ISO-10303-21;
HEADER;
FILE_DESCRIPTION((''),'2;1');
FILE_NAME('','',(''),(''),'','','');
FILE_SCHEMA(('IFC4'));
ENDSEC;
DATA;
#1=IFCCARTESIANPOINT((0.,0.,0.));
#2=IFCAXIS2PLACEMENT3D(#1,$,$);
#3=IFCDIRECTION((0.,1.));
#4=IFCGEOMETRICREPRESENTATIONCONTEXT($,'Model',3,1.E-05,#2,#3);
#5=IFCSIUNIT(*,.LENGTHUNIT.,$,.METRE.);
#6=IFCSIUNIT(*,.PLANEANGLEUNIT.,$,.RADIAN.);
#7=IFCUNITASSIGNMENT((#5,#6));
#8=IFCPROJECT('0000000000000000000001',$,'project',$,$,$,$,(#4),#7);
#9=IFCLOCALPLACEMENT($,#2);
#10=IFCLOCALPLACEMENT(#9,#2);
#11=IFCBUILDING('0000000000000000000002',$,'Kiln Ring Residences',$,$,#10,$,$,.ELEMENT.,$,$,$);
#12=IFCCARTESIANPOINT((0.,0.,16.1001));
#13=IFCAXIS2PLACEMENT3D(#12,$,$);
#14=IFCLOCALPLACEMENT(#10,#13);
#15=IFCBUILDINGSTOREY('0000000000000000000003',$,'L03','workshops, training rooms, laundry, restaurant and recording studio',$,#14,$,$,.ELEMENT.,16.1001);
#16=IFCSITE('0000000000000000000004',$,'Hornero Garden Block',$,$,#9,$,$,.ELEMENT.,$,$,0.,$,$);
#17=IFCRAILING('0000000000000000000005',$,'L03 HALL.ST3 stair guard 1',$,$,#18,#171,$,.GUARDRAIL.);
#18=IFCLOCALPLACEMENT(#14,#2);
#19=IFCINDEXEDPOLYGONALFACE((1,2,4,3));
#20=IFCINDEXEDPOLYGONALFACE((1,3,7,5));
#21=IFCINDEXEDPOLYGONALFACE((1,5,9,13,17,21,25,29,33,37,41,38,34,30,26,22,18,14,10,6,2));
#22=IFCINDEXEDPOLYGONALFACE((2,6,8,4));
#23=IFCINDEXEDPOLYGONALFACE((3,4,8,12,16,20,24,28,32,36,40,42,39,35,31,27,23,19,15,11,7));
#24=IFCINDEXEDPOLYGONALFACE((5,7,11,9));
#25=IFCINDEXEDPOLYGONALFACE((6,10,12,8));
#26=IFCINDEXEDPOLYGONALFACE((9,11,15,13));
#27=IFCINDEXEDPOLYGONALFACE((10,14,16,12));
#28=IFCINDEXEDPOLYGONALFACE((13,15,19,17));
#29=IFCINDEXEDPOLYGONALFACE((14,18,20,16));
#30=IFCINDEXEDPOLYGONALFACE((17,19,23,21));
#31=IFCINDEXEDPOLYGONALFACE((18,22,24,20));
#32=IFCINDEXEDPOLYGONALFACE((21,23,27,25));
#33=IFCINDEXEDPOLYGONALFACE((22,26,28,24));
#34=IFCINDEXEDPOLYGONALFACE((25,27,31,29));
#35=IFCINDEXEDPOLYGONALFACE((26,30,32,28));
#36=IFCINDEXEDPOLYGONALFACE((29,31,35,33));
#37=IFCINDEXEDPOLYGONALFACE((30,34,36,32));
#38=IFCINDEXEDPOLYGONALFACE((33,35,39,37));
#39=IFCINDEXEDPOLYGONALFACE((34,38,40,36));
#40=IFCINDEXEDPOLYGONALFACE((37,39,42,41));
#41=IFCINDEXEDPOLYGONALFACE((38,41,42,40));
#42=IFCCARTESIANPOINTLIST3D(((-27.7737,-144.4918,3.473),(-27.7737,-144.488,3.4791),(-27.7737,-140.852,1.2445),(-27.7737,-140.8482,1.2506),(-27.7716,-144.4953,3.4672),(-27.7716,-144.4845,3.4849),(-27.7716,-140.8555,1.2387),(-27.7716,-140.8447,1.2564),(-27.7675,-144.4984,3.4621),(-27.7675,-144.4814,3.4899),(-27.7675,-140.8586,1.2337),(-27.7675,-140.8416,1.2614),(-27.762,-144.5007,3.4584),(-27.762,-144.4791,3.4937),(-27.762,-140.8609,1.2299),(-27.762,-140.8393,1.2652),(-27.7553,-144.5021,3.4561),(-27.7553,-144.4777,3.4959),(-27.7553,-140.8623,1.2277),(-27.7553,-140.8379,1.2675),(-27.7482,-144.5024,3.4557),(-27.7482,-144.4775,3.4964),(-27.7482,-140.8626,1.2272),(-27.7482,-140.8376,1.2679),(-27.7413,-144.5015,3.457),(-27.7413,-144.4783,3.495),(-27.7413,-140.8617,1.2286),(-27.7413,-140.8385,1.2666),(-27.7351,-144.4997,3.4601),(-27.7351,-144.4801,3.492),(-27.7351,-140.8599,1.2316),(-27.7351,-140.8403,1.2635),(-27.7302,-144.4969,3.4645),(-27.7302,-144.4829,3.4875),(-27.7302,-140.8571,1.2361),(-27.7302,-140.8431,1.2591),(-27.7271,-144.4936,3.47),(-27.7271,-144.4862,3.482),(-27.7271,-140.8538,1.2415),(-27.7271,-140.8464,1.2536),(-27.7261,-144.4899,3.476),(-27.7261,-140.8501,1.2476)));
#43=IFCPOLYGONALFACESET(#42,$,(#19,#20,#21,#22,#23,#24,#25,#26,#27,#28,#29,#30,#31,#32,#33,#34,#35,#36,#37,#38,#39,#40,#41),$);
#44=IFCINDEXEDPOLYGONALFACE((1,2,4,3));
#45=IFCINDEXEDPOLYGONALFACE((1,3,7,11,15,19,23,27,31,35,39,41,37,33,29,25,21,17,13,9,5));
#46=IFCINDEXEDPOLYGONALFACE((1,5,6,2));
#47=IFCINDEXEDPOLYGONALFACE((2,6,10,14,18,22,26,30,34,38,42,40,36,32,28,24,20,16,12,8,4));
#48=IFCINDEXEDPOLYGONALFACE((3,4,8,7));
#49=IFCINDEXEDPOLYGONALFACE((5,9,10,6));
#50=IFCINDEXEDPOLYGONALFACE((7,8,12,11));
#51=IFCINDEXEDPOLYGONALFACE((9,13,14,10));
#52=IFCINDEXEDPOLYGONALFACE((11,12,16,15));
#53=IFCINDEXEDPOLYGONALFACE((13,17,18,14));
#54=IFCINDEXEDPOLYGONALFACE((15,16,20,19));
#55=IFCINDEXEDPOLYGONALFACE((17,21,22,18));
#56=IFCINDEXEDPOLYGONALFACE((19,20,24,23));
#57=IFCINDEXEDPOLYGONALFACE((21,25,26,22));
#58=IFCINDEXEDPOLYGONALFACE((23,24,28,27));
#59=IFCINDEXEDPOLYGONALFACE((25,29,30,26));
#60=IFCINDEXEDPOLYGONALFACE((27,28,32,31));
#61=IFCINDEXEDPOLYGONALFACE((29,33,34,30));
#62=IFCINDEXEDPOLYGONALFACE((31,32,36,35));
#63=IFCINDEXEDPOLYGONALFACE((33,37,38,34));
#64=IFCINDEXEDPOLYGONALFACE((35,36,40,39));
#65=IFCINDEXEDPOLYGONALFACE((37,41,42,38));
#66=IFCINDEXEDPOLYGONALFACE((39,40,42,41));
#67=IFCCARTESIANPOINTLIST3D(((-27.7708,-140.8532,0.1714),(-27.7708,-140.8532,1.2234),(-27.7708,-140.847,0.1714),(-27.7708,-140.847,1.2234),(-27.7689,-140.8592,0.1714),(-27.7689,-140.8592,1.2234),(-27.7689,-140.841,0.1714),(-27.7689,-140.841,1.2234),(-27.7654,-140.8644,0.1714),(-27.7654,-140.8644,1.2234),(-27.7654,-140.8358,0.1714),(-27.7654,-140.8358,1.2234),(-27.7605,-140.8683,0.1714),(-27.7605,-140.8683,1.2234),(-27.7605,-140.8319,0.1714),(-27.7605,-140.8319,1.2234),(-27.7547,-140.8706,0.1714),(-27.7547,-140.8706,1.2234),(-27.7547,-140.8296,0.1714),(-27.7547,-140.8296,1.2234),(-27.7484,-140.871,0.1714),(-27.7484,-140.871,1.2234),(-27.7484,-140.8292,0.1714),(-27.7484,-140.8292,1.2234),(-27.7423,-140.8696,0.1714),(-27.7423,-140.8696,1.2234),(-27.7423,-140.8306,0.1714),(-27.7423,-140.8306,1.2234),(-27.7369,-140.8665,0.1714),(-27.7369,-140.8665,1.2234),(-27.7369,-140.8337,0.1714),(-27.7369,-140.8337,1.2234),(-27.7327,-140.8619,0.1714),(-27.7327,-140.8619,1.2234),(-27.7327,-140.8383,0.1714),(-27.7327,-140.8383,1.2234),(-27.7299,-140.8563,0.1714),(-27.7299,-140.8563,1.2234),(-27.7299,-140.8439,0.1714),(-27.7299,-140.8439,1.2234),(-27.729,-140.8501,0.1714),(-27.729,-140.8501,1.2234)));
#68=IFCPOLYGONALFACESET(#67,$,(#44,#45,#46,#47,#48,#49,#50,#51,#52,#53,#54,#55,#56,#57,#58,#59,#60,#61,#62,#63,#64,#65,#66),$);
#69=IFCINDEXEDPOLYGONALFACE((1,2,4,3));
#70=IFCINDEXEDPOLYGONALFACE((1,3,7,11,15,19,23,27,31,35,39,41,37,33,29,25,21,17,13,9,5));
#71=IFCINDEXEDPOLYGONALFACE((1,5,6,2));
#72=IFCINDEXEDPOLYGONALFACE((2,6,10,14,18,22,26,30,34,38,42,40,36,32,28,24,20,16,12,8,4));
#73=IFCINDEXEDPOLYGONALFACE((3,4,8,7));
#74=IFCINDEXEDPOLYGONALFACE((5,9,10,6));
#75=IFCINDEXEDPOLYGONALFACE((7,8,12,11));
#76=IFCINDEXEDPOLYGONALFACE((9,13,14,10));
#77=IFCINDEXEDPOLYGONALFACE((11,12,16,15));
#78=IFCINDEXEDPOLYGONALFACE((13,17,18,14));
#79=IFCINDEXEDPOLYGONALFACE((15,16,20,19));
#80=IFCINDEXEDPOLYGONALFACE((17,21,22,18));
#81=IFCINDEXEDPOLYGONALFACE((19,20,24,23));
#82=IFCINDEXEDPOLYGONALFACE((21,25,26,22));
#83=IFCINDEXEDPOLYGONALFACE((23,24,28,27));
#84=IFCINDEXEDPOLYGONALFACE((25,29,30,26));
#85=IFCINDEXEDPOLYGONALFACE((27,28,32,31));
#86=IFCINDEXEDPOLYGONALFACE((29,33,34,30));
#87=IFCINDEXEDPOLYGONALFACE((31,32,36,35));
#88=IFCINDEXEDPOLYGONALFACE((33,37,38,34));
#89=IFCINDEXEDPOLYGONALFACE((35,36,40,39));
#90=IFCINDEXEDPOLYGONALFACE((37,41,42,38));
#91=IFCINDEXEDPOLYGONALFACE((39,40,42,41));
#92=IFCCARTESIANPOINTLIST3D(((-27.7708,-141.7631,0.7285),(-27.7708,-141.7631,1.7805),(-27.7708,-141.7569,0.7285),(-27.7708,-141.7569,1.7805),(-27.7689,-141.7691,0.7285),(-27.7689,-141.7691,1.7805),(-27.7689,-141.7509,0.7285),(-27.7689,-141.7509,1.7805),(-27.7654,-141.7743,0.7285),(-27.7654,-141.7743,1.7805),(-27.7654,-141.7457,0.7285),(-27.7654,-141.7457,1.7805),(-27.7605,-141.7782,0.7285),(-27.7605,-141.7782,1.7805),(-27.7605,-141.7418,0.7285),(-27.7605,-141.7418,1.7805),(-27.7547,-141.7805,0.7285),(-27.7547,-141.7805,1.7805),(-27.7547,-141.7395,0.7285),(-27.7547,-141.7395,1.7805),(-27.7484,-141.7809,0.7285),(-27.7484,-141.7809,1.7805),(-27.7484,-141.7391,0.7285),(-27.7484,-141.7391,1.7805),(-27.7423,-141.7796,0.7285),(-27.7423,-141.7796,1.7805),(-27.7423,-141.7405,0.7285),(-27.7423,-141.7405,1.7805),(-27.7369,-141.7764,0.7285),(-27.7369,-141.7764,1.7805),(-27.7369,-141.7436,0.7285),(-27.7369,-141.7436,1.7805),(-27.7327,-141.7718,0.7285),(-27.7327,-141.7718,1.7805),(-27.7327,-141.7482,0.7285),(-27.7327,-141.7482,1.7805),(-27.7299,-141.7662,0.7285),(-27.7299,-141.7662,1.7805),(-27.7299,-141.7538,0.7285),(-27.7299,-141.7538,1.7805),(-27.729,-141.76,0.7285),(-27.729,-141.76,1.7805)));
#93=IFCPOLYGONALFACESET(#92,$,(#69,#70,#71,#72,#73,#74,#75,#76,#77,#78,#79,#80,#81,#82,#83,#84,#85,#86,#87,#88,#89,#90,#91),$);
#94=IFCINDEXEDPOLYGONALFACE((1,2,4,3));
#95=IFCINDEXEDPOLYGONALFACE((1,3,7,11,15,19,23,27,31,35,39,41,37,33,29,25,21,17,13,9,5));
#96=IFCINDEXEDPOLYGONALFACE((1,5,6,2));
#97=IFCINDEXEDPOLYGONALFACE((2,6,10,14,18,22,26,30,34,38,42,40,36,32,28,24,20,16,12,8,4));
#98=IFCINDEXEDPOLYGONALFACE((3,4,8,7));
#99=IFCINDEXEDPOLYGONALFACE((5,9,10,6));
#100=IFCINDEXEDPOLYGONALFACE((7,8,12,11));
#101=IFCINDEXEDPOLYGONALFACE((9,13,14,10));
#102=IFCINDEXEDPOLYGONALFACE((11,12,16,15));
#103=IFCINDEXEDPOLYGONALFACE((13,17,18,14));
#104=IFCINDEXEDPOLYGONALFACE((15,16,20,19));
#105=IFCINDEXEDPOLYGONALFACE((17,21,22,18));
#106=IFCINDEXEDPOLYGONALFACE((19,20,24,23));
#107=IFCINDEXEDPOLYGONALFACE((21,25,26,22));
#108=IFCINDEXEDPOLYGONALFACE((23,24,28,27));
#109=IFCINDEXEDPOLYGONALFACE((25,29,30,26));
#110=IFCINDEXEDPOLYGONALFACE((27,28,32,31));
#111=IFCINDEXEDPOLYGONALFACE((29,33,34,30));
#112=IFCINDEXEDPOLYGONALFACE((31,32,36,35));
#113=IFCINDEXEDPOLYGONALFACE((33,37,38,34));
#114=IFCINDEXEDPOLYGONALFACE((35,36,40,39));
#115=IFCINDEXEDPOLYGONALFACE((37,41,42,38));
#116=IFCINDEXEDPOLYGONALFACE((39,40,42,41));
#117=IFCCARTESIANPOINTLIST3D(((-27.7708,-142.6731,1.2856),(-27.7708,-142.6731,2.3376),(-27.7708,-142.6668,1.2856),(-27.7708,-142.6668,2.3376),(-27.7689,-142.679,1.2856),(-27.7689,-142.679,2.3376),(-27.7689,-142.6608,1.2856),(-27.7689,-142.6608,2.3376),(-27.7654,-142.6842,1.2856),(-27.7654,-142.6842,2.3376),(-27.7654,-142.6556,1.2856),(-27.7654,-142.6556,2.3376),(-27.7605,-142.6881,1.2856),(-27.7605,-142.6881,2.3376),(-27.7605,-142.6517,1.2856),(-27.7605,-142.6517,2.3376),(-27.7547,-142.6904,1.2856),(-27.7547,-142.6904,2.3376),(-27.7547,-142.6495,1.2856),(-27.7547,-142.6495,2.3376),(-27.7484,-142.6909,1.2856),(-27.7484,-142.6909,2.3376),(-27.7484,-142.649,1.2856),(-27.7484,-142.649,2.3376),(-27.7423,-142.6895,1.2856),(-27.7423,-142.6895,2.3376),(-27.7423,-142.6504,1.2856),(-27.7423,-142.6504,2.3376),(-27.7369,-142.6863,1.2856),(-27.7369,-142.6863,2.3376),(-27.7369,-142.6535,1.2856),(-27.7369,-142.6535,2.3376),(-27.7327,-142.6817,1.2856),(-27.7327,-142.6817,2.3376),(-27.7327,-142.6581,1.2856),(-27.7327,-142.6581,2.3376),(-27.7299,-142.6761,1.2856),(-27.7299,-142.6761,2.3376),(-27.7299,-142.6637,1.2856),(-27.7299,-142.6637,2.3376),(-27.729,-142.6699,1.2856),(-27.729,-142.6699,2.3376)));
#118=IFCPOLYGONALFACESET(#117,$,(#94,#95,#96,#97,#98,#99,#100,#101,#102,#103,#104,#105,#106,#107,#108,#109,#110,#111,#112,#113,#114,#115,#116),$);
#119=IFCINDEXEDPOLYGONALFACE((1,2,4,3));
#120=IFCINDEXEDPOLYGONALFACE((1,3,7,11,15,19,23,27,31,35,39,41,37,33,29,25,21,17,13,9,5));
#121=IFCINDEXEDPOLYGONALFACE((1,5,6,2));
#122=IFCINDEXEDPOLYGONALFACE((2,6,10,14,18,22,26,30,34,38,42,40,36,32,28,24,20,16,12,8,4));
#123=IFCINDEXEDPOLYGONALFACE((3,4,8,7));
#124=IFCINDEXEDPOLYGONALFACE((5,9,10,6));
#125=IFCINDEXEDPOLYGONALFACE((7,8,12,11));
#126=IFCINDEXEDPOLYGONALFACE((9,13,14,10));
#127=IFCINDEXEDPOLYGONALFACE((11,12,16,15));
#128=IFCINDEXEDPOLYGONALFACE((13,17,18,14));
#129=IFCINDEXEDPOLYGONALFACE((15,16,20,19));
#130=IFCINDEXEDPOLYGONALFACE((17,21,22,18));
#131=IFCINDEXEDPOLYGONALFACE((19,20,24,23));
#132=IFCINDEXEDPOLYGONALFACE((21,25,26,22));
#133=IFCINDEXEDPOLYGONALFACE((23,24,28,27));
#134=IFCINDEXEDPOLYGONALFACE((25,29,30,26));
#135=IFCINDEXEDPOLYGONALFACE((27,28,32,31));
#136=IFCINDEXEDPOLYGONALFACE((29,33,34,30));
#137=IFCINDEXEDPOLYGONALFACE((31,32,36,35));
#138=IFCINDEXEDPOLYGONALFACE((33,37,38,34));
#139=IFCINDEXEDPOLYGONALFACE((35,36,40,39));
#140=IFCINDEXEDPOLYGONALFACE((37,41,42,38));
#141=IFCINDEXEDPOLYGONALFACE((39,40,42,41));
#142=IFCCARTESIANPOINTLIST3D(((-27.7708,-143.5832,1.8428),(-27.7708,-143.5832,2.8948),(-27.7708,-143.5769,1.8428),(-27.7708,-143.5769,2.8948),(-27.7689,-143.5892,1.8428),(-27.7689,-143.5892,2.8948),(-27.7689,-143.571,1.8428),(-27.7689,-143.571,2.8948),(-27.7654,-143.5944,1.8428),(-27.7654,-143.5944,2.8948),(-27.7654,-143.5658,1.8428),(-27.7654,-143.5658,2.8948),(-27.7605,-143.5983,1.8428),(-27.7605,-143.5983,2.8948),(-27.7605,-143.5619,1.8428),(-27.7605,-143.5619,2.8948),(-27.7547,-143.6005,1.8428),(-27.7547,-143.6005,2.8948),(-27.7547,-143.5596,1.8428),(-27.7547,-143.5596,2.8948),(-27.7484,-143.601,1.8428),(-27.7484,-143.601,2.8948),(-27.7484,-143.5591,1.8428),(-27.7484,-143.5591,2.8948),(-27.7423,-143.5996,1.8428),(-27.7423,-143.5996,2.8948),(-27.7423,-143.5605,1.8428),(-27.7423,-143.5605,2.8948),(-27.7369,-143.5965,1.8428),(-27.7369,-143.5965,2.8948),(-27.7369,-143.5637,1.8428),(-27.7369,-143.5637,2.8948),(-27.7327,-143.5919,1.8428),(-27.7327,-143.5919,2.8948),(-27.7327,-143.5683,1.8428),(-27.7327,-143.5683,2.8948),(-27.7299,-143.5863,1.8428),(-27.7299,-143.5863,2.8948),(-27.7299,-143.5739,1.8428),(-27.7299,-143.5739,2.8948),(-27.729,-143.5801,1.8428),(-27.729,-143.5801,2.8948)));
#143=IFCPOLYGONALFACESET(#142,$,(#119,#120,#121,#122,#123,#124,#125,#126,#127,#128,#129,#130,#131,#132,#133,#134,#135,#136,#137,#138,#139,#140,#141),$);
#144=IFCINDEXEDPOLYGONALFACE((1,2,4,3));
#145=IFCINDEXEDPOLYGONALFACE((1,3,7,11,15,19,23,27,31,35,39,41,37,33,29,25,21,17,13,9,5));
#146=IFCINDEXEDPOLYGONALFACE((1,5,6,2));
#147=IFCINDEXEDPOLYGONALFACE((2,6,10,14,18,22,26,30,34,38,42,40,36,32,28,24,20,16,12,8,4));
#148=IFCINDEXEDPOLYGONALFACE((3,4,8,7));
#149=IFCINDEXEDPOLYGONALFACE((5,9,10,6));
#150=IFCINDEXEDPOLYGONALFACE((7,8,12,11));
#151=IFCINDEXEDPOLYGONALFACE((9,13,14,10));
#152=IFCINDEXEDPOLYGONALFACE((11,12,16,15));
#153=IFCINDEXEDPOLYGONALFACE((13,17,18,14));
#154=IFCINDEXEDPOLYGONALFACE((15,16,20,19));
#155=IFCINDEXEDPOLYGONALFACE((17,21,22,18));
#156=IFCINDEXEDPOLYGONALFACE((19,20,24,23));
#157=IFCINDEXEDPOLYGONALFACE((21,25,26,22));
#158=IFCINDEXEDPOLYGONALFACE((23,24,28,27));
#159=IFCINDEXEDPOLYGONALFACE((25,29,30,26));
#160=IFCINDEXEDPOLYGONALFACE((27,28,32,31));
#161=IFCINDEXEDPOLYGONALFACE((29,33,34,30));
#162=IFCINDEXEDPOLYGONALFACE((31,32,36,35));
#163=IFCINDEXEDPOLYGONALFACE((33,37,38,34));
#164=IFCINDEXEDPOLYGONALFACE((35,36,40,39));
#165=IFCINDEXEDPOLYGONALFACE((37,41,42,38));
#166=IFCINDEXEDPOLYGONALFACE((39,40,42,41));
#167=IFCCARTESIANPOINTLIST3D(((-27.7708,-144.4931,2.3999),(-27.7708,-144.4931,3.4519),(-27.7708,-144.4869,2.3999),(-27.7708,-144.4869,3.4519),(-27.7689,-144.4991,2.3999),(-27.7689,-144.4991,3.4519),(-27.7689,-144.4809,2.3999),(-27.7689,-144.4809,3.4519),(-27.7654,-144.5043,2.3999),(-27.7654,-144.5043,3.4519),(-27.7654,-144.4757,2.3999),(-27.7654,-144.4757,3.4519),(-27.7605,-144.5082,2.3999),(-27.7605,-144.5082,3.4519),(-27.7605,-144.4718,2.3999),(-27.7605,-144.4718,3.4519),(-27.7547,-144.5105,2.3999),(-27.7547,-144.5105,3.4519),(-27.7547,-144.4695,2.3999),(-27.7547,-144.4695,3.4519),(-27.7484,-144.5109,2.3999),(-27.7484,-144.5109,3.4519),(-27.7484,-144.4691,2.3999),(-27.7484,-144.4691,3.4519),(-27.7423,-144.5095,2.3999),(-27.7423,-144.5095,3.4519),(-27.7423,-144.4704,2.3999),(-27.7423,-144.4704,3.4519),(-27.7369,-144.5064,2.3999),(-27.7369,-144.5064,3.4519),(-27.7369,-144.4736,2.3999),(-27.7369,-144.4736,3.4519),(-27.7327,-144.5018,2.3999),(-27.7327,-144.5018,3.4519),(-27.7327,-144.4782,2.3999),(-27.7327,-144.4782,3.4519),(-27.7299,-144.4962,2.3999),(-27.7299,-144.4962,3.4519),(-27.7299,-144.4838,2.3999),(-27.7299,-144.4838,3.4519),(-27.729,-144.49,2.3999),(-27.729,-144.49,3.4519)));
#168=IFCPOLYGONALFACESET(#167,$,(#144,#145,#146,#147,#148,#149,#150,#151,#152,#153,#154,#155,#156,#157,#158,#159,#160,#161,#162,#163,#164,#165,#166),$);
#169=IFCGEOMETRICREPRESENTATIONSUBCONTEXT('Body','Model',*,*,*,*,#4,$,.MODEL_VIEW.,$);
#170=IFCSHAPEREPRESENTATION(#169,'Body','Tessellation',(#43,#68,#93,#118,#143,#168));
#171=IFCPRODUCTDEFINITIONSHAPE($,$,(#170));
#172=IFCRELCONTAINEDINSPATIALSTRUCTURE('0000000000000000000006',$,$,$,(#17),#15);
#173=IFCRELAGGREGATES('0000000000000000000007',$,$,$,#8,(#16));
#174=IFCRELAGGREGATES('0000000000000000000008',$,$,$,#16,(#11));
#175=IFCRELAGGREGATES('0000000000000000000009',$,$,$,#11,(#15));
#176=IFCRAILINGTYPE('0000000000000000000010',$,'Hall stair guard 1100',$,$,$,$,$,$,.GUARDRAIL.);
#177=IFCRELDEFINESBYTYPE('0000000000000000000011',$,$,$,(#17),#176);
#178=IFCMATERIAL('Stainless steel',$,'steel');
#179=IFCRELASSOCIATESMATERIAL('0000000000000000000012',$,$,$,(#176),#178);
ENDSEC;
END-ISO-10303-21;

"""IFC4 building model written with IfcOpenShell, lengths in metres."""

from ifc_helpers import new_model, si_unit, direction, frame, origin, origin_2d, place, context, subcontext, project, spatial, circle, extrude, material, type_object, element, save


model = new_model("IFC4")

# Units and contexts
model_context = context("Model", 3, precision=1e-05, world=origin(), true_north=direction((0.0, 1.0)))
body_context = subcontext(model_context, "Body", "Model", "MODEL_VIEW")
ifc_project = project(units=[si_unit("LENGTHUNIT", "METRE"), si_unit("PLANEANGLEUNIT", "RADIAN")], contexts=[model_context])

# Site, building, storey
site_placement = place(None, origin())
site = spatial("IfcSite", under=ifc_project, at=site_placement, Name="Hornero Garden Block", CompositionType="ELEMENT", RefElevation=0.0)
building_placement = place(site_placement, origin())
building = spatial("IfcBuilding", under=site, at=building_placement, Name="Kiln Ring Residences", CompositionType="ELEMENT")
storey_placement = place(building_placement, frame((0.0, 0.0, 16.1001)))
storey = spatial("IfcBuildingStorey", under=building, at=storey_placement, Name="L03", Description="workshops, training rooms, laundry, restaurant and recording studio", CompositionType="ELEMENT", Elevation=16.1001)

# Railing
ifc_material_1 = material(Name="Stainless steel", Category="steel")
railing_type = type_object("IfcRailingType", Name="Hall stair guard 1100", PredefinedType="GUARDRAIL", material=ifc_material_1)
railing_1_placement = place(storey_placement, frame((-27.75, -140.8501, 0.1714)))
element("IfcRailing", 1, at=railing_1_placement, inside=storey, type_object=railing_type, Name="L03 HALL.ST3 stair guard 1", PredefinedType="GUARDRAIL", context=body_context, shape_type="SweptSolid", body=[
    extrude(circle(Radius=0.0239, at=origin_2d()), frame((0.0, 0.0, 1.0762), z_axis=(0.0, -0.85285, 0.522156), x_axis=(1.0, 0.0, 0.0)), (0.0, 0.0, 1.0), 4.2678),
    extrude(circle(Radius=0.021, at=origin_2d()), origin(), (0.0, 0.0, 1.0), 1.052),
    extrude(circle(Radius=0.021, at=origin_2d()), frame((0.0, -0.9099, 0.5571)), (0.0, 0.0, 1.0), 1.052),
    extrude(circle(Radius=0.021, at=origin_2d()), frame((0.0, -1.8198, 1.1143)), (0.0, 0.0, 1.0), 1.052),
    extrude(circle(Radius=0.021, at=origin_2d()), frame((0.0, -2.73, 1.6714)), (0.0, 0.0, 1.0), 1.052),
    extrude(circle(Radius=0.021, at=origin_2d()), frame((0.0, -3.6399, 2.2285)), (0.0, 0.0, 1.0), 1.052),
])

save(model, "model.ifc")
